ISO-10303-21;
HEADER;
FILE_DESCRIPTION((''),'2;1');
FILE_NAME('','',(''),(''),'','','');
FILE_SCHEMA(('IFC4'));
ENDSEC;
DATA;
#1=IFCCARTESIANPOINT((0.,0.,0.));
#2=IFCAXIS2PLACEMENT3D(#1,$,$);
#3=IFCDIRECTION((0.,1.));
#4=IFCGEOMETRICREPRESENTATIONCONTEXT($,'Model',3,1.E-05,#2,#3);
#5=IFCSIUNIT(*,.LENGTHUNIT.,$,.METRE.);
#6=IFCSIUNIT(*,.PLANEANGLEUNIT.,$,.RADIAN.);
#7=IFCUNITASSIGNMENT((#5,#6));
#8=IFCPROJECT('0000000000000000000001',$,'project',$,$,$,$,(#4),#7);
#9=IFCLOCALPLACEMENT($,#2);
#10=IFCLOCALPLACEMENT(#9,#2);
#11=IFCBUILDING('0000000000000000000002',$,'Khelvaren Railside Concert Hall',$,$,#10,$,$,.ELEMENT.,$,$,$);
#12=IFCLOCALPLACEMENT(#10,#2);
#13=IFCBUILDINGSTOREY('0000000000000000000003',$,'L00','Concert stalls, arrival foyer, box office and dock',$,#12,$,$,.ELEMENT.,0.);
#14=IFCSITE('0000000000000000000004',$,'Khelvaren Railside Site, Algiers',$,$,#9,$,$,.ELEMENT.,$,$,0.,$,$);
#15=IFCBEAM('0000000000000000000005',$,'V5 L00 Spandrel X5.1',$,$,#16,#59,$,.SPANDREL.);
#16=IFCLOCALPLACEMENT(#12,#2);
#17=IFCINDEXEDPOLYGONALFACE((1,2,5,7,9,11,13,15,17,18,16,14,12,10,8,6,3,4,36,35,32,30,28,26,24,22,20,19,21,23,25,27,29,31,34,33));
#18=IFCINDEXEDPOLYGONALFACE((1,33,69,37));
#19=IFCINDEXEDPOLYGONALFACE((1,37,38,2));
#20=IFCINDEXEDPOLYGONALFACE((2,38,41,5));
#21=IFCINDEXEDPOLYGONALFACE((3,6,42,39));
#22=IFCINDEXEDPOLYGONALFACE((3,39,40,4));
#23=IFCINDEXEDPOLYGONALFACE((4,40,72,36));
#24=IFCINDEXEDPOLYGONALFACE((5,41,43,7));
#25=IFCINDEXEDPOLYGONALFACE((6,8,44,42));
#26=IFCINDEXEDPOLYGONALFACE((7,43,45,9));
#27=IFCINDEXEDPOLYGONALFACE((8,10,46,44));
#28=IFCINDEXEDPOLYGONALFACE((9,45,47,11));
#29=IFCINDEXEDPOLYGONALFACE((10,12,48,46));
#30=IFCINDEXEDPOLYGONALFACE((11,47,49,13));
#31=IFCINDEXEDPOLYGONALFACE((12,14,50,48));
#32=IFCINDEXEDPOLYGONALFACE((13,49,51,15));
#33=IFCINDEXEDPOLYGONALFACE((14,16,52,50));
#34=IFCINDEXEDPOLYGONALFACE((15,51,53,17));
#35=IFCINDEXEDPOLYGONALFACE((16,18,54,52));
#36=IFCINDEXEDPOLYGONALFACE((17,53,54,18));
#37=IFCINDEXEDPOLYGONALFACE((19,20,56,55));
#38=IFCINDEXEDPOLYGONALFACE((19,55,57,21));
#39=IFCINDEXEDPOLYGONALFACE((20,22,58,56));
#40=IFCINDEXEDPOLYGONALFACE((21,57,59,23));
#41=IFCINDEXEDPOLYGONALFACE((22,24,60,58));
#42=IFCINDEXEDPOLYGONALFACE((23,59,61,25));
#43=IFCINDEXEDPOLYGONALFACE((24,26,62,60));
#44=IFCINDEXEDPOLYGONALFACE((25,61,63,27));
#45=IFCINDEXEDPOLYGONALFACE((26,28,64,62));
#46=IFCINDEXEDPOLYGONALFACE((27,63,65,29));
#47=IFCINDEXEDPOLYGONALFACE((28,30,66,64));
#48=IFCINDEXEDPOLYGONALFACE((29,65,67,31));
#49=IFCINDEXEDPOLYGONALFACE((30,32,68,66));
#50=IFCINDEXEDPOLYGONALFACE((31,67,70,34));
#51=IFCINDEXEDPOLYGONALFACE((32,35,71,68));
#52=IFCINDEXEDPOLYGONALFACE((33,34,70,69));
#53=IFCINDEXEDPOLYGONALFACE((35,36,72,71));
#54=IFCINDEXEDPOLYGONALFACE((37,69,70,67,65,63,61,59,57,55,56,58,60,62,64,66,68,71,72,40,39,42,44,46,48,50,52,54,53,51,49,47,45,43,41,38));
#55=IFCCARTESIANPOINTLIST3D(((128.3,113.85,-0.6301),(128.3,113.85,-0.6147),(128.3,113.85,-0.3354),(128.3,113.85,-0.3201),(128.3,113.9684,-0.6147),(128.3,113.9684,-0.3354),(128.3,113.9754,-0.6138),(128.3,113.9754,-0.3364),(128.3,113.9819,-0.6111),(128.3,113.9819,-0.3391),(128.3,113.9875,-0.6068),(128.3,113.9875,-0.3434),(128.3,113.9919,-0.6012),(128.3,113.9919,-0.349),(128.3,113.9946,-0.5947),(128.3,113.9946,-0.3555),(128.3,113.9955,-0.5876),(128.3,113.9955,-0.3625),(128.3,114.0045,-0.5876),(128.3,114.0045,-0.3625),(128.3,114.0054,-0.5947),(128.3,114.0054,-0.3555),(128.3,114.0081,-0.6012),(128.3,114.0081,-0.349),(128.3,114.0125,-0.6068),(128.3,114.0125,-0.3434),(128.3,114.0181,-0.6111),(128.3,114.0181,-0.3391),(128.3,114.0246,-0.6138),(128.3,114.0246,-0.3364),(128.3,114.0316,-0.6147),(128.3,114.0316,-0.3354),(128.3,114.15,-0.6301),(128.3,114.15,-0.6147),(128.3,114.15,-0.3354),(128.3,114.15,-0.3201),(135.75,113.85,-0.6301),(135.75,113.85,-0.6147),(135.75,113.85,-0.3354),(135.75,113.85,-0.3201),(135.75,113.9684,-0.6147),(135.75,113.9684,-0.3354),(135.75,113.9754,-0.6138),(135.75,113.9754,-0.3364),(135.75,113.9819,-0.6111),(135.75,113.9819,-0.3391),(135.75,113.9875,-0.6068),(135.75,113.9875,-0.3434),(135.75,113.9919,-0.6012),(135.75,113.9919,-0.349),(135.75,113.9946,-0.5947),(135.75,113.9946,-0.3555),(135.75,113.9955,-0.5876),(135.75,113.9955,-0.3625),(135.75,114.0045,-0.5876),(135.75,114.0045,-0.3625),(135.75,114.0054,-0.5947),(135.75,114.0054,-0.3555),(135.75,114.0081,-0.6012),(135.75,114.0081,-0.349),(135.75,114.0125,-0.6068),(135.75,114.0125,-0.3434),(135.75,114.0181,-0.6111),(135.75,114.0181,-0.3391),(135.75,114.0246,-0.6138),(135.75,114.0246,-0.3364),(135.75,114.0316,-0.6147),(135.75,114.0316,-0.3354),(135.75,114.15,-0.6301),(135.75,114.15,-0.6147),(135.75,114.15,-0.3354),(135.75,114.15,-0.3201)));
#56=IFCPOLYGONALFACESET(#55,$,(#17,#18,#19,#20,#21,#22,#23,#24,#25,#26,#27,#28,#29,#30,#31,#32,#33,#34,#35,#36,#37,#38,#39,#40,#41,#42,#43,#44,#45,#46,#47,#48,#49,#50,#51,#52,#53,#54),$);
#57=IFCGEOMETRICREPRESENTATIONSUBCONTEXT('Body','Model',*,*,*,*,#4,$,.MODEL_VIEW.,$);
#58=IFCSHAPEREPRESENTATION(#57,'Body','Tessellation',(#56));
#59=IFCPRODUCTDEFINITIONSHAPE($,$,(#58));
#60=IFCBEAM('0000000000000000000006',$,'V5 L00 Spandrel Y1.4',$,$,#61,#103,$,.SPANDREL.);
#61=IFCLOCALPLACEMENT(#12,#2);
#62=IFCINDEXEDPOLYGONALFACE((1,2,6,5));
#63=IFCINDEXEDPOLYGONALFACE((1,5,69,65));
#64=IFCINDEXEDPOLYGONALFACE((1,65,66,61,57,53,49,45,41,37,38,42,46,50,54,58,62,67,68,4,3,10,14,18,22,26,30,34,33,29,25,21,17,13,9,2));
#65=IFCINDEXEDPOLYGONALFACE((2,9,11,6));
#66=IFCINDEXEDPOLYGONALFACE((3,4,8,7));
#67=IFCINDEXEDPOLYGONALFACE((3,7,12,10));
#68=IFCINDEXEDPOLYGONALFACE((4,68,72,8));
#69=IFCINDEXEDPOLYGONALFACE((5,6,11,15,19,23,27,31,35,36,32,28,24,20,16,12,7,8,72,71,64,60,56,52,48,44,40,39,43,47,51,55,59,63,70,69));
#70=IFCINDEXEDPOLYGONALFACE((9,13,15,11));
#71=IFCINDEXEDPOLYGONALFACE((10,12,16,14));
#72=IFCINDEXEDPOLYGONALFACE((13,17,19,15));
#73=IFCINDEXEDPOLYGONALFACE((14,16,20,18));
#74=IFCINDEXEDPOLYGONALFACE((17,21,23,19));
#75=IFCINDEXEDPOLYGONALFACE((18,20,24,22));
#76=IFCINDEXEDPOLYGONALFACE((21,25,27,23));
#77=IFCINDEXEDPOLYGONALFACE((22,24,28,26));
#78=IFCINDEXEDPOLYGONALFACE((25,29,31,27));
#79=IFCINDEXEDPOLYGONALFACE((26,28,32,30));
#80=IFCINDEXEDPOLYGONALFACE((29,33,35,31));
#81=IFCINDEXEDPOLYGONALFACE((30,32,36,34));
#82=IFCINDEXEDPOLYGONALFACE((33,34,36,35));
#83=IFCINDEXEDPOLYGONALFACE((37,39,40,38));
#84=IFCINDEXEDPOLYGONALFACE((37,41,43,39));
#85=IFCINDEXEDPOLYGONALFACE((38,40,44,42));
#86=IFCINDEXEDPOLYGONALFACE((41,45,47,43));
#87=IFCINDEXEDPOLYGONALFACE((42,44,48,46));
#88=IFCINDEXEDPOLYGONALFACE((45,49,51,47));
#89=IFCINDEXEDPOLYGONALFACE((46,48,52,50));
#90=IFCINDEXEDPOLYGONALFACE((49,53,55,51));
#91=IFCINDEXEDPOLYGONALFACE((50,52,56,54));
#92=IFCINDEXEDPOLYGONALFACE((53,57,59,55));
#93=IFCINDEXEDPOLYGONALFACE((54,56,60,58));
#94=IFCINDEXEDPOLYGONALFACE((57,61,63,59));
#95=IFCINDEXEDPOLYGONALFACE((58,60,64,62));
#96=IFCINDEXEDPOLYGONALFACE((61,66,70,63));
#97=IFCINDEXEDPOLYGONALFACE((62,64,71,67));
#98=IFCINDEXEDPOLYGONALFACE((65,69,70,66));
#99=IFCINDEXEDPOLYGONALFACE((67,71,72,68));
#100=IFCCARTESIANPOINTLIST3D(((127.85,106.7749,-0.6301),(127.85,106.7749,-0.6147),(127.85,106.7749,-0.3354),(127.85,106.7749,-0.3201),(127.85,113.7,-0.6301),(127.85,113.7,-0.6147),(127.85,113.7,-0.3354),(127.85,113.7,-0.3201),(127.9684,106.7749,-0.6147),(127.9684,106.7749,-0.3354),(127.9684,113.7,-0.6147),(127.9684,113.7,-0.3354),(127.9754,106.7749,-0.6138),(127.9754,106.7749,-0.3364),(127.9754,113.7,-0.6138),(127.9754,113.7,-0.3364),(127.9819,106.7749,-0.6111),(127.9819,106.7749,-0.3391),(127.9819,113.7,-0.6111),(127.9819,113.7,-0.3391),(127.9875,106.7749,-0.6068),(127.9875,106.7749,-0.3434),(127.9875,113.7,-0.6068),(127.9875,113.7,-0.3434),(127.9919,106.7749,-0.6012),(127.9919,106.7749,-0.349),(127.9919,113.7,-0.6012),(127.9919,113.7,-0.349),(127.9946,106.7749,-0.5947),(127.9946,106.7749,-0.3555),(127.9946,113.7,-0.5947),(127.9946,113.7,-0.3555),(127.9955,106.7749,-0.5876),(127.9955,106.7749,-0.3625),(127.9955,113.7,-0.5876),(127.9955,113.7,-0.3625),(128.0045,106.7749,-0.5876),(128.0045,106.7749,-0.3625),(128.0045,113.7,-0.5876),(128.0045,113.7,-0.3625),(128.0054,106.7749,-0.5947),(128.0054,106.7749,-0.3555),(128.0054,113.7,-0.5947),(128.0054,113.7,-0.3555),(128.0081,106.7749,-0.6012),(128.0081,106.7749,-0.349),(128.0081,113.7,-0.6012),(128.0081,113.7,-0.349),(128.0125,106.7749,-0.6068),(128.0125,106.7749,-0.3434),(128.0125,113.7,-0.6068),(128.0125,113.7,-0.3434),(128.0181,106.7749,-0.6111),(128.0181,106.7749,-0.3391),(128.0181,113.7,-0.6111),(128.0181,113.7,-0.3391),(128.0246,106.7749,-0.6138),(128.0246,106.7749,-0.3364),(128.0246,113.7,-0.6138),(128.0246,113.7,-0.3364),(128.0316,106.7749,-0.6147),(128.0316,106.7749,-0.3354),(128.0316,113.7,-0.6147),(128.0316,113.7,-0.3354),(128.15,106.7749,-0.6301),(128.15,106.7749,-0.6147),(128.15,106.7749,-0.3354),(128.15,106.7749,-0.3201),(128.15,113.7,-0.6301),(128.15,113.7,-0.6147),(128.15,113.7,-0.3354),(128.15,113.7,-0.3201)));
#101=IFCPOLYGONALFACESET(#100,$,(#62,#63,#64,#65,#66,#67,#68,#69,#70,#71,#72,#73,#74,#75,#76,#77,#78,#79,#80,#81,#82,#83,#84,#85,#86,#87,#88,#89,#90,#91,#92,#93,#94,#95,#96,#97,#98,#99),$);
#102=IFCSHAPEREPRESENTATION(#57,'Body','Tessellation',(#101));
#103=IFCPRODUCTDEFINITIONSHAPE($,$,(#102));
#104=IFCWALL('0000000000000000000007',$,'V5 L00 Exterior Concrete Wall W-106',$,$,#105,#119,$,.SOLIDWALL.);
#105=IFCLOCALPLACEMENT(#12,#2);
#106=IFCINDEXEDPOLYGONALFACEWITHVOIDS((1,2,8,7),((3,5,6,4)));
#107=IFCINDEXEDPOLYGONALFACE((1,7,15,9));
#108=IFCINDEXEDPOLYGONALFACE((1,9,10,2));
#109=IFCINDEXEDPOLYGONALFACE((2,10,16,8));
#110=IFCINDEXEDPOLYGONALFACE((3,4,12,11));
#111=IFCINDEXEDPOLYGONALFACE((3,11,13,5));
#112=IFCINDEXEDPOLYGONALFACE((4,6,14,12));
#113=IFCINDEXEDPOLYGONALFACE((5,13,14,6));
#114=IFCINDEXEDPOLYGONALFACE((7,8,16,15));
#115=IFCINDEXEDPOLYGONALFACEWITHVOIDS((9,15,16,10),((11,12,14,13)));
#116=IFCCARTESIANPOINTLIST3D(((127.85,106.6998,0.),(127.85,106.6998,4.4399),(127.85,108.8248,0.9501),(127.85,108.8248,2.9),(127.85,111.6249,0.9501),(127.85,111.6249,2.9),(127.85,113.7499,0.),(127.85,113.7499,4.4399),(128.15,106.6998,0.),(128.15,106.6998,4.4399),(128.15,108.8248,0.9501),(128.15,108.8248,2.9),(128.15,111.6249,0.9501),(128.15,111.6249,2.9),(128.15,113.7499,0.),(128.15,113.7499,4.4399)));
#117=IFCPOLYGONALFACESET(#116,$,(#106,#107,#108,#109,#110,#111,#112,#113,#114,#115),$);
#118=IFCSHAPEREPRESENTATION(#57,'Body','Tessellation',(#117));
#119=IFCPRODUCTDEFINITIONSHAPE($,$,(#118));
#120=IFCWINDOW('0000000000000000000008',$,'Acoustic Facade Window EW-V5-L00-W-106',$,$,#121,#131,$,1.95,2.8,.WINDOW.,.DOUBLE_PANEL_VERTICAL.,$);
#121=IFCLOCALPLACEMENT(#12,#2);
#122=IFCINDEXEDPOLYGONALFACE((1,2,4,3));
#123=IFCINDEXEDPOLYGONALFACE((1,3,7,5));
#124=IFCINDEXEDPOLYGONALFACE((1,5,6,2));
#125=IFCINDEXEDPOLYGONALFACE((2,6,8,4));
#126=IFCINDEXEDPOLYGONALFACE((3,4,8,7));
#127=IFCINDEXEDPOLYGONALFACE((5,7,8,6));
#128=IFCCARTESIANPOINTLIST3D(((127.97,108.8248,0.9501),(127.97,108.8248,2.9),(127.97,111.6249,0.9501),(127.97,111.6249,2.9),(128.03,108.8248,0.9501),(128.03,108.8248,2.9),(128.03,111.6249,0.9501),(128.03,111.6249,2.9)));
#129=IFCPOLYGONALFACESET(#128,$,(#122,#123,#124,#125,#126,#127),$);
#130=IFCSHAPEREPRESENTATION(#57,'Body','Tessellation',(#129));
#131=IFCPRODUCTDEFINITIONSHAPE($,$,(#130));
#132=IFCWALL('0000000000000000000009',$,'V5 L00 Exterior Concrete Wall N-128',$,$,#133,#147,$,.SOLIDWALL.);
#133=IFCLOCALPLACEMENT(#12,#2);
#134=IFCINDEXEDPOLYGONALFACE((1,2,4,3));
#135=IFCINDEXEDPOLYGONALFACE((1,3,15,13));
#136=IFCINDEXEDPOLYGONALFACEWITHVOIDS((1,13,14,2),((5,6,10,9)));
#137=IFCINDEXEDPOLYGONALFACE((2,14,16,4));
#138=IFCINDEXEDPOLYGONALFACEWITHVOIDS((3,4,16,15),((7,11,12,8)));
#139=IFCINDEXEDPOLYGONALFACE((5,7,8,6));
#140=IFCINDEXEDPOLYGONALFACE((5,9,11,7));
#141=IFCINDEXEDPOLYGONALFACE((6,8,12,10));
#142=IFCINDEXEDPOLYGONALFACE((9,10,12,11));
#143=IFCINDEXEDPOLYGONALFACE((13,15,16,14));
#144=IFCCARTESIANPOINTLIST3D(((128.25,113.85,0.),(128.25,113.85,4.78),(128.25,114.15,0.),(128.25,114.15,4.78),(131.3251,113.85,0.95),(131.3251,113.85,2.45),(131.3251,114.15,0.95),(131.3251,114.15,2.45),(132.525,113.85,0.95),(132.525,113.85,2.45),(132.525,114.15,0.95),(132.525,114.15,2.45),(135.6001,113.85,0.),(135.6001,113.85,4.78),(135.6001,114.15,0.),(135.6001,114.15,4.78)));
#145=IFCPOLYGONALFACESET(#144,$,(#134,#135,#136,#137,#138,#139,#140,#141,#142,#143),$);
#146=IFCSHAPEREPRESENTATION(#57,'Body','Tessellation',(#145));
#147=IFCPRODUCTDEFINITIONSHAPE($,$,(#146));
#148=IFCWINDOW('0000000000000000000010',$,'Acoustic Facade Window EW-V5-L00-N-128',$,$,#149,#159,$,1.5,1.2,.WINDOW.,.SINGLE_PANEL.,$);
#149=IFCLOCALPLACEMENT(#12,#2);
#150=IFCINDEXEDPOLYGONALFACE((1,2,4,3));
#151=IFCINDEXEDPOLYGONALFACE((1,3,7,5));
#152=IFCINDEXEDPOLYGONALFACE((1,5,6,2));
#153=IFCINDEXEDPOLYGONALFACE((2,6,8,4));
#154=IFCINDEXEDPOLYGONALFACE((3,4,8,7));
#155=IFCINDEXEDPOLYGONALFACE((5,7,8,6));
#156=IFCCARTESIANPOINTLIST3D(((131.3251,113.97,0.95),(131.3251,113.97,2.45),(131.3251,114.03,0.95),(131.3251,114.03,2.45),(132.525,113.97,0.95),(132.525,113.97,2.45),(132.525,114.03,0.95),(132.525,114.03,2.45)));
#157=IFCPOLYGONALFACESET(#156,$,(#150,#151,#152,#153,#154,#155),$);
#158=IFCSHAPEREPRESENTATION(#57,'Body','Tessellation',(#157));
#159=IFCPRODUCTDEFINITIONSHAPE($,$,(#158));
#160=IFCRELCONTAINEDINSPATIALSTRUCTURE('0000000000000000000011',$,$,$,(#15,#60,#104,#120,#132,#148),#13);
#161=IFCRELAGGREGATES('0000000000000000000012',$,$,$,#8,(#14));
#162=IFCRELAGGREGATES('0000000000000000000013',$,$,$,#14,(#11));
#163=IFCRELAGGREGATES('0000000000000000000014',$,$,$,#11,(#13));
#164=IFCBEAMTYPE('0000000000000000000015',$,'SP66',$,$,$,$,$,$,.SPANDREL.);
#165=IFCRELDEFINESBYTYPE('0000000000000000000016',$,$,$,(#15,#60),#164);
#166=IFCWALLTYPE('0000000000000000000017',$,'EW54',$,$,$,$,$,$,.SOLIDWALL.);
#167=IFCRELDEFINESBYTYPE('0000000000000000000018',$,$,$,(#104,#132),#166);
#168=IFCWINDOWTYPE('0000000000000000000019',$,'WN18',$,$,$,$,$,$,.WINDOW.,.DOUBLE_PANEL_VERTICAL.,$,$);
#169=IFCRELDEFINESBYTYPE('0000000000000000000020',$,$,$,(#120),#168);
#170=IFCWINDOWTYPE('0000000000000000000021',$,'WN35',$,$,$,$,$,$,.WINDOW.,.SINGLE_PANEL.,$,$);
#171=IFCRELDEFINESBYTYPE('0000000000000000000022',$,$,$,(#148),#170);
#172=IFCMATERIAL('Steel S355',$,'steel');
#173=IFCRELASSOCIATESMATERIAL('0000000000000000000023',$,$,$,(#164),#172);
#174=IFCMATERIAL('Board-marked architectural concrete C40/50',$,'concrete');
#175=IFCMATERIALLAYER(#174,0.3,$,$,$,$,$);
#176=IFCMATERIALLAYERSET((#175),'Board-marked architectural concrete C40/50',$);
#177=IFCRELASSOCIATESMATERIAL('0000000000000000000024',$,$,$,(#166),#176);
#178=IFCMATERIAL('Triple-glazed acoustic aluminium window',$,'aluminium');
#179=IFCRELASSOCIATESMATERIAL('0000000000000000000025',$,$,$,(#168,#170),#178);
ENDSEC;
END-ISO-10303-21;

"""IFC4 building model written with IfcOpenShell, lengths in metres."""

from ifc_helpers import new_model, si_unit, direction, frame, frame_2d, origin, origin_2d, place, context, subcontext, project, spatial, rectangle, i_section, extrude, material, layer, layer_set, material_profile, profile_set, type_object, element, fill, save


model = new_model("IFC4")

# Units and contexts
model_context = context("Model", 3, precision=1e-05, world=origin(), true_north=direction((0.0, 1.0)))
body_context = subcontext(model_context, "Body", "Model", "MODEL_VIEW")
ifc_project = project(units=[si_unit("LENGTHUNIT", "METRE"), si_unit("PLANEANGLEUNIT", "RADIAN")], contexts=[model_context])

# Site, building, storey
site_placement = place(None, origin())
site = spatial("IfcSite", under=ifc_project, at=site_placement, Name="Khelvaren Railside Site, Algiers", CompositionType="ELEMENT", RefElevation=0.0)
building_placement = place(site_placement, origin())
building = spatial("IfcBuilding", under=site, at=building_placement, Name="Khelvaren Railside Concert Hall", CompositionType="ELEMENT")
storey_placement = place(building_placement, origin())
storey = spatial("IfcBuildingStorey", under=building, at=storey_placement, Name="L00", Description="Concert stalls, arrival foyer, box office and dock", CompositionType="ELEMENT", Elevation=0.0)

# Beams
ifc_material_1 = material(Name="Steel S355", Category="steel")
ifc_material_profile_1 = material_profile(ifc_material_1, i_section(OverallWidth=0.3, OverallDepth=0.3101, WebThickness=0.009, FlangeThickness=0.0154, FilletRadius=0.0271, at=origin_2d()), Name="HEA 320")
ifc_profile_set_1 = profile_set([ifc_material_profile_1], Name="Steel S355")
beam_type_1 = type_object("IfcBeamType", Name="SP66", PredefinedType="SPANDREL", material=ifc_profile_set_1)
beam_1_placement = place(storey_placement, frame((128.3, 114.0, -0.4751), z_axis=(1.0, 0.0, 0.0), x_axis=(0.0, 1.0, 0.0)))
element("IfcBeam", 1, at=beam_1_placement, inside=storey, type_object=beam_type_1, Name="V5 L00 Spandrel X5.1", PredefinedType="SPANDREL", context=body_context, shape_type="SweptSolid", body=[
    extrude(i_section(OverallWidth=0.3, OverallDepth=0.3101, WebThickness=0.009, FlangeThickness=0.0154, FilletRadius=0.0271, at=origin_2d()), origin(), (0.0, 0.0, 1.0), 7.45),
])
beam_2_placement = place(storey_placement, frame((128.0, 106.7749, -0.4751), z_axis=(0.0, 1.0, 0.0), x_axis=(-1.0, 0.0, 0.0)))
element("IfcBeam", 2, at=beam_2_placement, inside=storey, type_object=beam_type_1, Name="V5 L00 Spandrel Y1.4", PredefinedType="SPANDREL", context=body_context, shape_type="SweptSolid", body=[
    extrude(i_section(OverallWidth=0.3, OverallDepth=0.3101, WebThickness=0.009, FlangeThickness=0.0154, FilletRadius=0.0271, at=origin_2d()), origin(), (0.0, 0.0, 1.0), 6.925),
])

# Walls, openings, windows
ifc_material_2 = material(Name="Board-marked architectural concrete C40/50", Category="concrete")
ifc_layer_1 = layer(ifc_material_2, 0.3)
ifc_layer_set_1 = layer_set([ifc_layer_1], Name="Board-marked architectural concrete C40/50")
wall_type_1 = type_object("IfcWallType", Name="EW54", PredefinedType="SOLIDWALL", material=ifc_layer_set_1)
wall_1_placement = place(storey_placement, frame((128.0, 106.7, 0.0), z_axis=(0.0, 0.0, 1.0), x_axis=(0.0, 1.0, 0.0)))
wall_1 = element("IfcWall", 3, at=wall_1_placement, inside=storey, type_object=wall_type_1, Name="V5 L00 Exterior Concrete Wall W-106", PredefinedType="SOLIDWALL", context=body_context, shape_type="SweptSolid", body=[
    extrude(rectangle(XDim=7.05, YDim=0.3, at=frame_2d((3.5249, 0.0))), origin(), (0.0, 0.0, 1.0), 4.4399),
])
opening_1_placement = place(wall_1_placement, frame((2.125, 0.0, 0.95)))
opening_1 = element("IfcOpeningElement", 4, at=opening_1_placement, cuts=wall_1, PredefinedType="OPENING", context=body_context, shape_type="SweptSolid", body=[
    extrude(rectangle(XDim=2.8, YDim=1.95, at=frame_2d((1.3999, 0.9751))), frame((0.0, 0.1599, 0.0), z_axis=(0.0, -1.0, 0.0), x_axis=(1.0, 0.0, 0.0)), (0.0, 0.0, 1.0), 0.3201),
])
ifc_material_3 = material(Name="Triple-glazed acoustic aluminium window", Category="aluminium")
window_type_1 = type_object("IfcWindowType", Name="WN18", PartitioningType="DOUBLE_PANEL_VERTICAL", PredefinedType="WINDOW", material=ifc_material_3)
window_1_placement = place(opening_1_placement, origin())
window_1 = element("IfcWindow", 5, at=window_1_placement, inside=storey, type_object=window_type_1, Name="Acoustic Facade Window EW-V5-L00-W-106", OverallHeight=1.95, OverallWidth=2.8, PartitioningType="DOUBLE_PANEL_VERTICAL", PredefinedType="WINDOW", context=body_context, shape_type="SweptSolid", body=[
    extrude(rectangle(XDim=2.8, YDim=1.95, at=frame_2d((1.3999, 0.9751))), frame((0.0, 0.03, 0.0), z_axis=(0.0, -1.0, 0.0), x_axis=(1.0, 0.0, 0.0)), (0.0, 0.0, 1.0), 0.0601),
])
fill(opening_1, window_1)
wall_2_placement = place(storey_placement, frame((128.25, 114.0, 0.0), z_axis=(0.0, 0.0, 1.0), x_axis=(1.0, 0.0, 0.0)))
wall_2 = element("IfcWall", 6, at=wall_2_placement, inside=storey, type_object=wall_type_1, Name="V5 L00 Exterior Concrete Wall N-128", PredefinedType="SOLIDWALL", context=body_context, shape_type="SweptSolid", body=[
    extrude(rectangle(XDim=7.3501, YDim=0.3, at=frame_2d((3.675, 0.0))), origin(), (0.0, 0.0, 1.0), 4.78),
])
opening_2_placement = place(wall_2_placement, frame((3.075, 0.0, 0.95)))
opening_2 = element("IfcOpeningElement", 7, at=opening_2_placement, cuts=wall_2, PredefinedType="OPENING", context=body_context, shape_type="SweptSolid", body=[
    extrude(rectangle(XDim=1.2, YDim=1.5, at=frame_2d((0.6001, 0.75))), frame((0.0, 0.1599, 0.0), z_axis=(0.0, -1.0, 0.0), x_axis=(1.0, 0.0, 0.0)), (0.0, 0.0, 1.0), 0.3201),
])
window_type_2 = type_object("IfcWindowType", Name="WN35", PartitioningType="SINGLE_PANEL", PredefinedType="WINDOW", material=ifc_material_3)
window_2_placement = place(opening_2_placement, origin())
window_2 = element("IfcWindow", 8, at=window_2_placement, inside=storey, type_object=window_type_2, Name="Acoustic Facade Window EW-V5-L00-N-128", OverallHeight=1.5, OverallWidth=1.2, PartitioningType="SINGLE_PANEL", PredefinedType="WINDOW", context=body_context, shape_type="SweptSolid", body=[
    extrude(rectangle(XDim=1.2, YDim=1.5, at=frame_2d((0.6001, 0.75))), frame((0.0, 0.03, 0.0), z_axis=(0.0, -1.0, 0.0), x_axis=(1.0, 0.0, 0.0)), (0.0, 0.0, 1.0), 0.0601),
])
fill(opening_2, window_2)

save(model, "model.ifc")
